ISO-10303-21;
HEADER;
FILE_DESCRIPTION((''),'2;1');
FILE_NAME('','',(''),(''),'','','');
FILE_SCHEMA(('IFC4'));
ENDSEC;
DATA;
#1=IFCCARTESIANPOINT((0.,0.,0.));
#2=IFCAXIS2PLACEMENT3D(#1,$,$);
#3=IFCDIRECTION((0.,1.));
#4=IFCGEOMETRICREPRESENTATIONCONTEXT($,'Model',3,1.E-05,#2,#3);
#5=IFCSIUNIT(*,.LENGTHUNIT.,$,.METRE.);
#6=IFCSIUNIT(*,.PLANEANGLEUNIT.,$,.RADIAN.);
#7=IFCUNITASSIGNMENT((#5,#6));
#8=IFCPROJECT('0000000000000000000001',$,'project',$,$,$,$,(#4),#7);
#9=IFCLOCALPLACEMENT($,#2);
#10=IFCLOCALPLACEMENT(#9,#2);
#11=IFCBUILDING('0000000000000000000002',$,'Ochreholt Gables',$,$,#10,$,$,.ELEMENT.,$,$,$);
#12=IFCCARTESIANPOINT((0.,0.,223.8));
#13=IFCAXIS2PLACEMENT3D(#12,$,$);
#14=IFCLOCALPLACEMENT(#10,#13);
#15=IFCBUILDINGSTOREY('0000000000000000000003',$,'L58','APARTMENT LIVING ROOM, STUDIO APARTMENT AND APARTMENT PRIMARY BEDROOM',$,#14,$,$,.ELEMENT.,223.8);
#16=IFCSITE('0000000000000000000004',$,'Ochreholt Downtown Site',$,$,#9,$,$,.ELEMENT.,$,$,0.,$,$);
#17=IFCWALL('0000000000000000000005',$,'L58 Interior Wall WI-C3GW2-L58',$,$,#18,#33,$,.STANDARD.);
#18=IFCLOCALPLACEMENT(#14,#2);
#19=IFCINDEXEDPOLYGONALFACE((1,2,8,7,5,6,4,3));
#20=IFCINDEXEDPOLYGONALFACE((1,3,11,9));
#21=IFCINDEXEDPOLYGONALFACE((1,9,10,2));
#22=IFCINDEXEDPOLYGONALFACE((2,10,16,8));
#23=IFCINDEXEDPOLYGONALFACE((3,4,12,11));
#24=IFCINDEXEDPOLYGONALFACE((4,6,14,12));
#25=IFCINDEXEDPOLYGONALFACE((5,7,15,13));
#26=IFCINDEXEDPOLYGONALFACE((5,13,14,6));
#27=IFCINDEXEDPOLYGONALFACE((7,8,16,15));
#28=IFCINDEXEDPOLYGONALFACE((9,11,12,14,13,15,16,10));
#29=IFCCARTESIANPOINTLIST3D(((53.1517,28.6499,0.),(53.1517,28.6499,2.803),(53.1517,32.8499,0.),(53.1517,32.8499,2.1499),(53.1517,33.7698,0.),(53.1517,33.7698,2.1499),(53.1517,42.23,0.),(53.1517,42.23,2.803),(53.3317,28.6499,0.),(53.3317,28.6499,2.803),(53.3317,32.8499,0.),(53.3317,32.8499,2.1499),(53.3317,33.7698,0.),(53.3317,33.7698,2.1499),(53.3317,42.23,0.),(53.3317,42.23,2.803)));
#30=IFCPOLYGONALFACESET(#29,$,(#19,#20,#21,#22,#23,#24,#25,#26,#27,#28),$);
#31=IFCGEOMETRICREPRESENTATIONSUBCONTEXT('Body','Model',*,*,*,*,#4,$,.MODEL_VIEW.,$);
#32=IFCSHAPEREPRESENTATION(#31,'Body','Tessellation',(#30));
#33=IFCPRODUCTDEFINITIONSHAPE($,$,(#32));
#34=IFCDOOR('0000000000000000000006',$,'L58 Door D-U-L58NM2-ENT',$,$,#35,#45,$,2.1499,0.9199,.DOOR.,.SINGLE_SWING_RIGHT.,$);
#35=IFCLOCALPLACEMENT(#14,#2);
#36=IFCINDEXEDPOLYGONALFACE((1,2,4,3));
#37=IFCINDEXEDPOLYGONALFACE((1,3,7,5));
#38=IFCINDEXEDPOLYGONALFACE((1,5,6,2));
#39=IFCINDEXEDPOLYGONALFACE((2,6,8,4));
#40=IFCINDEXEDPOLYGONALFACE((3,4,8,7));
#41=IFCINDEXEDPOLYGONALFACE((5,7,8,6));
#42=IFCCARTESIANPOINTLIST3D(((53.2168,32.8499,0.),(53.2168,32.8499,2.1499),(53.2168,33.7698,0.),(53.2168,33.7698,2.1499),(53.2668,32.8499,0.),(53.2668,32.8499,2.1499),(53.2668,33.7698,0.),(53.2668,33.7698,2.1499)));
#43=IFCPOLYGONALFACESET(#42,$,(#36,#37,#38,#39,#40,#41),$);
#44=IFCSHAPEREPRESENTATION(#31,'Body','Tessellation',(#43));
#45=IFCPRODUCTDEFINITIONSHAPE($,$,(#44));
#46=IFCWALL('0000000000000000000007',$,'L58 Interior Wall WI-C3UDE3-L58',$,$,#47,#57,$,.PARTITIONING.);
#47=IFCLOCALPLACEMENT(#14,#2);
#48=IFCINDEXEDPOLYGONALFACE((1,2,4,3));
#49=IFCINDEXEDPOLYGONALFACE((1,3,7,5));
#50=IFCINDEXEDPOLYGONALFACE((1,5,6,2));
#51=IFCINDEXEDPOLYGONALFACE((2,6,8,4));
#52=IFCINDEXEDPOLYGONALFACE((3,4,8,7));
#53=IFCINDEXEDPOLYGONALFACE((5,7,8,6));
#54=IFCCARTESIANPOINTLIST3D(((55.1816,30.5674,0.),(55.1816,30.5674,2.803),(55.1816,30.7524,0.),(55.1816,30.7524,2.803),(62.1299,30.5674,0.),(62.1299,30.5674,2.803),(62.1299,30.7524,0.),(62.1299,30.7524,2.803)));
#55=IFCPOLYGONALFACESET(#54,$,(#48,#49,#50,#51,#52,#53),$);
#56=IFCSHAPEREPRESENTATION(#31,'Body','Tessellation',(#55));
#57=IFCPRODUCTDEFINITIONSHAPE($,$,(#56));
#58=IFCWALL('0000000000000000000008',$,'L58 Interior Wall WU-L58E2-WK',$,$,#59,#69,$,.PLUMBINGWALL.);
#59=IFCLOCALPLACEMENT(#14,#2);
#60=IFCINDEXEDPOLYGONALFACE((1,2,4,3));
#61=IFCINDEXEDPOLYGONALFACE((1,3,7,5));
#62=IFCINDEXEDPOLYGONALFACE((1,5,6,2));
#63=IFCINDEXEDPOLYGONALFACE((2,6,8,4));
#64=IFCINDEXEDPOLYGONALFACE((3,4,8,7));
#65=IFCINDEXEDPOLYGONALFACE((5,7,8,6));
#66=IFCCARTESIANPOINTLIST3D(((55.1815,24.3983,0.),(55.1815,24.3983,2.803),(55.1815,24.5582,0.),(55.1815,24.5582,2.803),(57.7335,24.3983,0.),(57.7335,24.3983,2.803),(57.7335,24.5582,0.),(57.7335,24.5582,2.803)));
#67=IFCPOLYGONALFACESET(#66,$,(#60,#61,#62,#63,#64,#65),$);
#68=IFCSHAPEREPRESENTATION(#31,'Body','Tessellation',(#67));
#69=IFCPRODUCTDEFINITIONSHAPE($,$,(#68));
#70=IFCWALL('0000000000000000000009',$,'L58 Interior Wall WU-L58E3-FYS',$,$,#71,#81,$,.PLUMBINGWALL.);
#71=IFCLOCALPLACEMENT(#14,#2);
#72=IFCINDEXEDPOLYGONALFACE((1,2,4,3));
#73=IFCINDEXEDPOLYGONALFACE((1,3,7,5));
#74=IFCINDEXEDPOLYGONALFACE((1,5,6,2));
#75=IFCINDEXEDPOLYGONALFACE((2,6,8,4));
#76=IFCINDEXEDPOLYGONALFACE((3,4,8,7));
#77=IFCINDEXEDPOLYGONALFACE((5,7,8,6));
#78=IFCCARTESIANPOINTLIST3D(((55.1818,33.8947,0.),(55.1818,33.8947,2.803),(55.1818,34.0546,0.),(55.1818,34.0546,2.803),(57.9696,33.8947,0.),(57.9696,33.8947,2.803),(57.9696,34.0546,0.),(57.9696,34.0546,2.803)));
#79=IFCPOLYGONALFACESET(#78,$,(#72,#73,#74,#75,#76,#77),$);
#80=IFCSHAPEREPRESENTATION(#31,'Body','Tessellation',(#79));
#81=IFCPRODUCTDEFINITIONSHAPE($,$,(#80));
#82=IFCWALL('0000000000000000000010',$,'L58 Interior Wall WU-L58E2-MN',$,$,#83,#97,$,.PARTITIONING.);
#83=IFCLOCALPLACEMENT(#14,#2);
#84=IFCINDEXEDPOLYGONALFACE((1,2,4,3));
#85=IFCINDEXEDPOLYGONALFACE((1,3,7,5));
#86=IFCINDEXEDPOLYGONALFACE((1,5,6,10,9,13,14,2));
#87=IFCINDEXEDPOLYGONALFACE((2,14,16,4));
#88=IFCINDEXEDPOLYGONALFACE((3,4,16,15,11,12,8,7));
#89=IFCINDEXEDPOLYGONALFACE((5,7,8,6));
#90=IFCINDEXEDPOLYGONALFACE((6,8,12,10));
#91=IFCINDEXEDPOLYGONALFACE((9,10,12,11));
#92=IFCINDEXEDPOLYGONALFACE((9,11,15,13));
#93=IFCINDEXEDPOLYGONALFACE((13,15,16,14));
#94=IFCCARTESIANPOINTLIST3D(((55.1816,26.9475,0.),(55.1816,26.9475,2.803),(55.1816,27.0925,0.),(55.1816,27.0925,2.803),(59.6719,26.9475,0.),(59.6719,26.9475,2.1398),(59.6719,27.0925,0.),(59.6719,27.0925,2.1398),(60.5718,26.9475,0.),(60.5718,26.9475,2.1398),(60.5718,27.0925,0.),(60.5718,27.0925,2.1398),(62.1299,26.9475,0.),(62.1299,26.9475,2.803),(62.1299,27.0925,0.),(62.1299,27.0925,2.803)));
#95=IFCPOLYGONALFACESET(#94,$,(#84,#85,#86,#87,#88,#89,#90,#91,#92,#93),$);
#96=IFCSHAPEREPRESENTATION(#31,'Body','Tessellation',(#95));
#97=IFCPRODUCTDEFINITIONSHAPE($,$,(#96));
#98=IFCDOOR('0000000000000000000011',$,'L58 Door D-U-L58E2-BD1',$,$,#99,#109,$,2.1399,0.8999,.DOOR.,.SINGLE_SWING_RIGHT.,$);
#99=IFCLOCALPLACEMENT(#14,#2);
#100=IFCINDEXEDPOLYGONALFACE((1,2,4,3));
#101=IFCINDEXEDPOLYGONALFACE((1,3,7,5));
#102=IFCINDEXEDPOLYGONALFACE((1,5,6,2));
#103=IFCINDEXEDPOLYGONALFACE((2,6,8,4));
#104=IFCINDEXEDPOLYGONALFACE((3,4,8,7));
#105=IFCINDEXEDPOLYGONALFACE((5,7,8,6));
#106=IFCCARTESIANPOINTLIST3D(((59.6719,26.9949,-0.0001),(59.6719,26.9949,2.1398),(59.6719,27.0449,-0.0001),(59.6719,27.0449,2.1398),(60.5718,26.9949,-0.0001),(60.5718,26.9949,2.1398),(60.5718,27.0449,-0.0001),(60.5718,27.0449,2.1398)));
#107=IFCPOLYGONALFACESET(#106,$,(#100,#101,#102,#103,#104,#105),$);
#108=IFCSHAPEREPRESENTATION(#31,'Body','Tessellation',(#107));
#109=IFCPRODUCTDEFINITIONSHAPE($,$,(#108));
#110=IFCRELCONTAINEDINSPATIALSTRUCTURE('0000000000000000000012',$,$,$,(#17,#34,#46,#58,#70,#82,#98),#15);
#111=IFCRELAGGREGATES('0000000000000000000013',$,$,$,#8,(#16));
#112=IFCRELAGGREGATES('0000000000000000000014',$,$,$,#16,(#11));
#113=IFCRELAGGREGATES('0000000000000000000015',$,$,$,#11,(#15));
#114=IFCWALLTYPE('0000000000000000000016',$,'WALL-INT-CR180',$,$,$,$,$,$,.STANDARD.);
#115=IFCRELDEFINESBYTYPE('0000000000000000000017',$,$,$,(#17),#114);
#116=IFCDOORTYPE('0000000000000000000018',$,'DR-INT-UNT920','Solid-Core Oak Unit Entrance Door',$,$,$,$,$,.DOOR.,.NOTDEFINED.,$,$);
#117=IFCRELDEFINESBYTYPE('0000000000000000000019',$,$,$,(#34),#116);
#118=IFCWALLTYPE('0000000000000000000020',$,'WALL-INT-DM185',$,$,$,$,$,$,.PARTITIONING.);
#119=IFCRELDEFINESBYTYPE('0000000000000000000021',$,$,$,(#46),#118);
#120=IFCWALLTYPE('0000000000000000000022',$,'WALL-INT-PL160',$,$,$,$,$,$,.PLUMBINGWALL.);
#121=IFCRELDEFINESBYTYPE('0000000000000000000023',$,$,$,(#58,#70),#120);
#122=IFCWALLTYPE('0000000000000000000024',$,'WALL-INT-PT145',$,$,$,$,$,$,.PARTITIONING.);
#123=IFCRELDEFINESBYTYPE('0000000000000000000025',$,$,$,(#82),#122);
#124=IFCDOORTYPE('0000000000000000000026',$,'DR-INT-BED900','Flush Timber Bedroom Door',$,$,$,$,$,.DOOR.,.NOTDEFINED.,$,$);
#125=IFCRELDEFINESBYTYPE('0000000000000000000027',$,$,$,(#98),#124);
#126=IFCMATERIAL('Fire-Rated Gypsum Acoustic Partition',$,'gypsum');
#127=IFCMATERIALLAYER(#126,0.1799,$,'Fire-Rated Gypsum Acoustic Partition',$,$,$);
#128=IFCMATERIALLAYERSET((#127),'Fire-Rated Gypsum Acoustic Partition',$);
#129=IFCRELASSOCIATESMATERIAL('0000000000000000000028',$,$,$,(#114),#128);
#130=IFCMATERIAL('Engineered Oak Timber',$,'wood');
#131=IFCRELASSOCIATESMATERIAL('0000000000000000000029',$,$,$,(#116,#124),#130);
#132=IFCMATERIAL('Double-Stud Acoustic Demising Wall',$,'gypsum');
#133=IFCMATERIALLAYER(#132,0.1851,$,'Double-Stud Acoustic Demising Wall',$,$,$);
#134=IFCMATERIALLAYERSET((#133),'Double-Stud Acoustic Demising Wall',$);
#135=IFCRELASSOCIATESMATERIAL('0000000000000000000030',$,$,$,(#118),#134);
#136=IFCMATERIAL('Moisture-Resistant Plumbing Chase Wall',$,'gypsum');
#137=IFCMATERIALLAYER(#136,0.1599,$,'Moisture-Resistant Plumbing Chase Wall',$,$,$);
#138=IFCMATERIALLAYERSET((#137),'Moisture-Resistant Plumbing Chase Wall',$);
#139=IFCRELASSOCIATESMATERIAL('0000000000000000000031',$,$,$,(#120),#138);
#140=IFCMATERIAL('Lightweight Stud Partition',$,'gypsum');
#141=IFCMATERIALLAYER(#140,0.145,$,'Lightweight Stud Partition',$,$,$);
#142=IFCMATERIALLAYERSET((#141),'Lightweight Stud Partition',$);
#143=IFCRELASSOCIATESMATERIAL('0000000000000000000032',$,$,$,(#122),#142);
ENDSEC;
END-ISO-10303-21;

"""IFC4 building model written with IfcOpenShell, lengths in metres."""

from ifc_helpers import new_model, si_unit, direction, frame, frame_2d, origin, place, context, subcontext, project, spatial, rectangle, extrude, material, layer, layer_set, type_object, element, fill, save


model = new_model("IFC4")

# Units and contexts
model_context = context("Model", 3, precision=1e-05, world=origin(), true_north=direction((0.0, 1.0)))
body_context = subcontext(model_context, "Body", "Model", "MODEL_VIEW")
ifc_project = project(units=[si_unit("LENGTHUNIT", "METRE"), si_unit("PLANEANGLEUNIT", "RADIAN")], contexts=[model_context])

# Site, building, storey
site_placement = place(None, origin())
site = spatial("IfcSite", under=ifc_project, at=site_placement, Name="Ochreholt Downtown Site", CompositionType="ELEMENT", RefElevation=0.0)
building_placement = place(site_placement, origin())
building = spatial("IfcBuilding", under=site, at=building_placement, Name="Ochreholt Gables", CompositionType="ELEMENT")
storey_placement = place(building_placement, frame((0.0, 0.0, 223.8)))
storey = spatial("IfcBuildingStorey", under=building, at=storey_placement, Name="L58", Description="APARTMENT LIVING ROOM, STUDIO APARTMENT AND APARTMENT PRIMARY BEDROOM", CompositionType="ELEMENT", Elevation=223.8)

# Wall, opening, door
ifc_material_1 = material(Name="Fire-Rated Gypsum Acoustic Partition", Category="gypsum")
ifc_layer_1 = layer(ifc_material_1, 0.1799, Name="Fire-Rated Gypsum Acoustic Partition")
ifc_layer_set_1 = layer_set([ifc_layer_1], Name="Fire-Rated Gypsum Acoustic Partition")
wall_type_1 = type_object("IfcWallType", Name="WALL-INT-CR180", PredefinedType="STANDARD", material=ifc_layer_set_1)
wall_1_placement = place(storey_placement, frame((53.2417, 28.6499, 0.0), z_axis=(0.0, 0.0, 1.0), x_axis=(0.0, 1.0, 0.0)))
wall_1 = element("IfcWall", 1, at=wall_1_placement, inside=storey, type_object=wall_type_1, Name="L58 Interior Wall WI-C3GW2-L58", PredefinedType="STANDARD", context=body_context, shape_type="SweptSolid", body=[
    extrude(rectangle(XDim=13.5801, YDim=0.1799, at=frame_2d((6.79, 0.0))), origin(), (0.0, 0.0, 1.0), 2.803),
])
opening_1_placement = place(wall_1_placement, frame((4.2, 0.0, 0.0)))
opening_1 = element("IfcOpeningElement", 2, at=opening_1_placement, cuts=wall_1, PredefinedType="OPENING", context=body_context, shape_type="SweptSolid", body=[
    extrude(rectangle(XDim=0.9199, YDim=2.1499, at=frame_2d((0.46, 1.075))), frame((0.0, 0.0999, 0.0), z_axis=(0.0, -1.0, 0.0), x_axis=(1.0, 0.0, 0.0)), (0.0, 0.0, 1.0), 0.2),
])
ifc_material_2 = material(Name="Engineered Oak Timber", Category="wood")
door_type_1 = type_object("IfcDoorType", Name="DR-INT-UNT920", Description="Solid-Core Oak Unit Entrance Door", OperationType="NOTDEFINED", PredefinedType="DOOR", material=ifc_material_2)
door_1_placement = place(opening_1_placement, origin())
door_1 = element("IfcDoor", 3, at=door_1_placement, inside=storey, type_object=door_type_1, Name="L58 Door D-U-L58NM2-ENT", OperationType="SINGLE_SWING_RIGHT", OverallHeight=2.1499, OverallWidth=0.9199, PredefinedType="DOOR", context=body_context, shape_type="SweptSolid", body=[
    extrude(rectangle(XDim=0.9199, YDim=2.1499, at=frame_2d((0.46, 1.075))), frame((0.0, 0.0249, 0.0), z_axis=(0.0, -1.0, 0.0), x_axis=(1.0, 0.0, 0.0)), (0.0, 0.0, 1.0), 0.05),
])
fill(opening_1, door_1)

# Walls
ifc_material_3 = material(Name="Double-Stud Acoustic Demising Wall", Category="gypsum")
ifc_layer_2 = layer(ifc_material_3, 0.1851, Name="Double-Stud Acoustic Demising Wall")
ifc_layer_set_2 = layer_set([ifc_layer_2], Name="Double-Stud Acoustic Demising Wall")
wall_type_2 = type_object("IfcWallType", Name="WALL-INT-DM185", PredefinedType="PARTITIONING", material=ifc_layer_set_2)
wall_2_placement = place(storey_placement, frame((55.1816, 30.6599, 0.0), z_axis=(0.0, 0.0, 1.0), x_axis=(1.0, 0.0, 0.0)))
element("IfcWall", 4, at=wall_2_placement, inside=storey, type_object=wall_type_2, Name="L58 Interior Wall WI-C3UDE3-L58", PredefinedType="PARTITIONING", context=body_context, shape_type="SweptSolid", body=[
    extrude(rectangle(XDim=6.9482, YDim=0.1851, at=frame_2d((3.4741, 0.0))), origin(), (0.0, 0.0, 1.0), 2.803),
])
ifc_material_4 = material(Name="Moisture-Resistant Plumbing Chase Wall", Category="gypsum")
ifc_layer_3 = layer(ifc_material_4, 0.1599, Name="Moisture-Resistant Plumbing Chase Wall")
ifc_layer_set_3 = layer_set([ifc_layer_3], Name="Moisture-Resistant Plumbing Chase Wall")
wall_type_3 = type_object("IfcWallType", Name="WALL-INT-PL160", PredefinedType="PLUMBINGWALL", material=ifc_layer_set_3)
wall_3_placement = place(storey_placement, frame((55.1816, 24.4783, 0.0), z_axis=(0.0, 0.0, 1.0), x_axis=(1.0, 0.0, 0.0)))
element("IfcWall", 5, at=wall_3_placement, inside=storey, type_object=wall_type_3, Name="L58 Interior Wall WU-L58E2-WK", PredefinedType="PLUMBINGWALL", context=body_context, shape_type="SweptSolid", body=[
    extrude(rectangle(XDim=2.552, YDim=0.1599, at=frame_2d((1.2759, 0.0))), origin(), (0.0, 0.0, 1.0), 2.803),
])
wall_4_placement = place(storey_placement, frame((55.1816, 33.9746, 0.0), z_axis=(0.0, 0.0, 1.0), x_axis=(1.0, 0.0, 0.0)))
element("IfcWall", 6, at=wall_4_placement, inside=storey, type_object=wall_type_3, Name="L58 Interior Wall WU-L58E3-FYS", PredefinedType="PLUMBINGWALL", context=body_context, shape_type="SweptSolid", body=[
    extrude(rectangle(XDim=2.7878, YDim=0.1599, at=frame_2d((1.394, 0.0))), origin(), (0.0, 0.0, 1.0), 2.803),
])

# Wall, opening, door
ifc_material_5 = material(Name="Lightweight Stud Partition", Category="gypsum")
ifc_layer_4 = layer(ifc_material_5, 0.145, Name="Lightweight Stud Partition")
ifc_layer_set_4 = layer_set([ifc_layer_4], Name="Lightweight Stud Partition")
wall_type_4 = type_object("IfcWallType", Name="WALL-INT-PT145", PredefinedType="PARTITIONING", material=ifc_layer_set_4)
wall_5_placement = place(storey_placement, frame((55.1816, 27.02, 0.0), z_axis=(0.0, 0.0, 1.0), x_axis=(1.0, 0.0, 0.0)))
wall_5 = element("IfcWall", 7, at=wall_5_placement, inside=storey, type_object=wall_type_4, Name="L58 Interior Wall WU-L58E2-MN", PredefinedType="PARTITIONING", context=body_context, shape_type="SweptSolid", body=[
    extrude(rectangle(XDim=6.9482, YDim=0.145, at=frame_2d((3.4741, 0.0))), origin(), (0.0, 0.0, 1.0), 2.803),
])
opening_2_placement = place(wall_5_placement, frame((4.4902, 0.0, 0.0)))
opening_2 = element("IfcOpeningElement", 8, at=opening_2_placement, cuts=wall_5, PredefinedType="OPENING", context=body_context, shape_type="SweptSolid", body=[
    extrude(rectangle(XDim=0.8999, YDim=2.1399, at=frame_2d((0.45, 1.0698))), frame((0.0, 0.0825, 0.0), z_axis=(0.0, -1.0, 0.0), x_axis=(1.0, 0.0, 0.0)), (0.0, 0.0, 1.0), 0.165),
])
door_type_2 = type_object("IfcDoorType", Name="DR-INT-BED900", Description="Flush Timber Bedroom Door", OperationType="NOTDEFINED", PredefinedType="DOOR", material=ifc_material_2)
door_2_placement = place(opening_2_placement, origin())
door_2 = element("IfcDoor", 9, at=door_2_placement, inside=storey, type_object=door_type_2, Name="L58 Door D-U-L58E2-BD1", OperationType="SINGLE_SWING_RIGHT", OverallHeight=2.1399, OverallWidth=0.8999, PredefinedType="DOOR", context=body_context, shape_type="SweptSolid", body=[
    extrude(rectangle(XDim=0.8999, YDim=2.1399, at=frame_2d((0.45, 1.0698))), frame((0.0, 0.0249, 0.0), z_axis=(0.0, -1.0, 0.0), x_axis=(1.0, 0.0, 0.0)), (0.0, 0.0, 1.0), 0.05),
])
fill(opening_2, door_2)

save(model, "model.ifc")
